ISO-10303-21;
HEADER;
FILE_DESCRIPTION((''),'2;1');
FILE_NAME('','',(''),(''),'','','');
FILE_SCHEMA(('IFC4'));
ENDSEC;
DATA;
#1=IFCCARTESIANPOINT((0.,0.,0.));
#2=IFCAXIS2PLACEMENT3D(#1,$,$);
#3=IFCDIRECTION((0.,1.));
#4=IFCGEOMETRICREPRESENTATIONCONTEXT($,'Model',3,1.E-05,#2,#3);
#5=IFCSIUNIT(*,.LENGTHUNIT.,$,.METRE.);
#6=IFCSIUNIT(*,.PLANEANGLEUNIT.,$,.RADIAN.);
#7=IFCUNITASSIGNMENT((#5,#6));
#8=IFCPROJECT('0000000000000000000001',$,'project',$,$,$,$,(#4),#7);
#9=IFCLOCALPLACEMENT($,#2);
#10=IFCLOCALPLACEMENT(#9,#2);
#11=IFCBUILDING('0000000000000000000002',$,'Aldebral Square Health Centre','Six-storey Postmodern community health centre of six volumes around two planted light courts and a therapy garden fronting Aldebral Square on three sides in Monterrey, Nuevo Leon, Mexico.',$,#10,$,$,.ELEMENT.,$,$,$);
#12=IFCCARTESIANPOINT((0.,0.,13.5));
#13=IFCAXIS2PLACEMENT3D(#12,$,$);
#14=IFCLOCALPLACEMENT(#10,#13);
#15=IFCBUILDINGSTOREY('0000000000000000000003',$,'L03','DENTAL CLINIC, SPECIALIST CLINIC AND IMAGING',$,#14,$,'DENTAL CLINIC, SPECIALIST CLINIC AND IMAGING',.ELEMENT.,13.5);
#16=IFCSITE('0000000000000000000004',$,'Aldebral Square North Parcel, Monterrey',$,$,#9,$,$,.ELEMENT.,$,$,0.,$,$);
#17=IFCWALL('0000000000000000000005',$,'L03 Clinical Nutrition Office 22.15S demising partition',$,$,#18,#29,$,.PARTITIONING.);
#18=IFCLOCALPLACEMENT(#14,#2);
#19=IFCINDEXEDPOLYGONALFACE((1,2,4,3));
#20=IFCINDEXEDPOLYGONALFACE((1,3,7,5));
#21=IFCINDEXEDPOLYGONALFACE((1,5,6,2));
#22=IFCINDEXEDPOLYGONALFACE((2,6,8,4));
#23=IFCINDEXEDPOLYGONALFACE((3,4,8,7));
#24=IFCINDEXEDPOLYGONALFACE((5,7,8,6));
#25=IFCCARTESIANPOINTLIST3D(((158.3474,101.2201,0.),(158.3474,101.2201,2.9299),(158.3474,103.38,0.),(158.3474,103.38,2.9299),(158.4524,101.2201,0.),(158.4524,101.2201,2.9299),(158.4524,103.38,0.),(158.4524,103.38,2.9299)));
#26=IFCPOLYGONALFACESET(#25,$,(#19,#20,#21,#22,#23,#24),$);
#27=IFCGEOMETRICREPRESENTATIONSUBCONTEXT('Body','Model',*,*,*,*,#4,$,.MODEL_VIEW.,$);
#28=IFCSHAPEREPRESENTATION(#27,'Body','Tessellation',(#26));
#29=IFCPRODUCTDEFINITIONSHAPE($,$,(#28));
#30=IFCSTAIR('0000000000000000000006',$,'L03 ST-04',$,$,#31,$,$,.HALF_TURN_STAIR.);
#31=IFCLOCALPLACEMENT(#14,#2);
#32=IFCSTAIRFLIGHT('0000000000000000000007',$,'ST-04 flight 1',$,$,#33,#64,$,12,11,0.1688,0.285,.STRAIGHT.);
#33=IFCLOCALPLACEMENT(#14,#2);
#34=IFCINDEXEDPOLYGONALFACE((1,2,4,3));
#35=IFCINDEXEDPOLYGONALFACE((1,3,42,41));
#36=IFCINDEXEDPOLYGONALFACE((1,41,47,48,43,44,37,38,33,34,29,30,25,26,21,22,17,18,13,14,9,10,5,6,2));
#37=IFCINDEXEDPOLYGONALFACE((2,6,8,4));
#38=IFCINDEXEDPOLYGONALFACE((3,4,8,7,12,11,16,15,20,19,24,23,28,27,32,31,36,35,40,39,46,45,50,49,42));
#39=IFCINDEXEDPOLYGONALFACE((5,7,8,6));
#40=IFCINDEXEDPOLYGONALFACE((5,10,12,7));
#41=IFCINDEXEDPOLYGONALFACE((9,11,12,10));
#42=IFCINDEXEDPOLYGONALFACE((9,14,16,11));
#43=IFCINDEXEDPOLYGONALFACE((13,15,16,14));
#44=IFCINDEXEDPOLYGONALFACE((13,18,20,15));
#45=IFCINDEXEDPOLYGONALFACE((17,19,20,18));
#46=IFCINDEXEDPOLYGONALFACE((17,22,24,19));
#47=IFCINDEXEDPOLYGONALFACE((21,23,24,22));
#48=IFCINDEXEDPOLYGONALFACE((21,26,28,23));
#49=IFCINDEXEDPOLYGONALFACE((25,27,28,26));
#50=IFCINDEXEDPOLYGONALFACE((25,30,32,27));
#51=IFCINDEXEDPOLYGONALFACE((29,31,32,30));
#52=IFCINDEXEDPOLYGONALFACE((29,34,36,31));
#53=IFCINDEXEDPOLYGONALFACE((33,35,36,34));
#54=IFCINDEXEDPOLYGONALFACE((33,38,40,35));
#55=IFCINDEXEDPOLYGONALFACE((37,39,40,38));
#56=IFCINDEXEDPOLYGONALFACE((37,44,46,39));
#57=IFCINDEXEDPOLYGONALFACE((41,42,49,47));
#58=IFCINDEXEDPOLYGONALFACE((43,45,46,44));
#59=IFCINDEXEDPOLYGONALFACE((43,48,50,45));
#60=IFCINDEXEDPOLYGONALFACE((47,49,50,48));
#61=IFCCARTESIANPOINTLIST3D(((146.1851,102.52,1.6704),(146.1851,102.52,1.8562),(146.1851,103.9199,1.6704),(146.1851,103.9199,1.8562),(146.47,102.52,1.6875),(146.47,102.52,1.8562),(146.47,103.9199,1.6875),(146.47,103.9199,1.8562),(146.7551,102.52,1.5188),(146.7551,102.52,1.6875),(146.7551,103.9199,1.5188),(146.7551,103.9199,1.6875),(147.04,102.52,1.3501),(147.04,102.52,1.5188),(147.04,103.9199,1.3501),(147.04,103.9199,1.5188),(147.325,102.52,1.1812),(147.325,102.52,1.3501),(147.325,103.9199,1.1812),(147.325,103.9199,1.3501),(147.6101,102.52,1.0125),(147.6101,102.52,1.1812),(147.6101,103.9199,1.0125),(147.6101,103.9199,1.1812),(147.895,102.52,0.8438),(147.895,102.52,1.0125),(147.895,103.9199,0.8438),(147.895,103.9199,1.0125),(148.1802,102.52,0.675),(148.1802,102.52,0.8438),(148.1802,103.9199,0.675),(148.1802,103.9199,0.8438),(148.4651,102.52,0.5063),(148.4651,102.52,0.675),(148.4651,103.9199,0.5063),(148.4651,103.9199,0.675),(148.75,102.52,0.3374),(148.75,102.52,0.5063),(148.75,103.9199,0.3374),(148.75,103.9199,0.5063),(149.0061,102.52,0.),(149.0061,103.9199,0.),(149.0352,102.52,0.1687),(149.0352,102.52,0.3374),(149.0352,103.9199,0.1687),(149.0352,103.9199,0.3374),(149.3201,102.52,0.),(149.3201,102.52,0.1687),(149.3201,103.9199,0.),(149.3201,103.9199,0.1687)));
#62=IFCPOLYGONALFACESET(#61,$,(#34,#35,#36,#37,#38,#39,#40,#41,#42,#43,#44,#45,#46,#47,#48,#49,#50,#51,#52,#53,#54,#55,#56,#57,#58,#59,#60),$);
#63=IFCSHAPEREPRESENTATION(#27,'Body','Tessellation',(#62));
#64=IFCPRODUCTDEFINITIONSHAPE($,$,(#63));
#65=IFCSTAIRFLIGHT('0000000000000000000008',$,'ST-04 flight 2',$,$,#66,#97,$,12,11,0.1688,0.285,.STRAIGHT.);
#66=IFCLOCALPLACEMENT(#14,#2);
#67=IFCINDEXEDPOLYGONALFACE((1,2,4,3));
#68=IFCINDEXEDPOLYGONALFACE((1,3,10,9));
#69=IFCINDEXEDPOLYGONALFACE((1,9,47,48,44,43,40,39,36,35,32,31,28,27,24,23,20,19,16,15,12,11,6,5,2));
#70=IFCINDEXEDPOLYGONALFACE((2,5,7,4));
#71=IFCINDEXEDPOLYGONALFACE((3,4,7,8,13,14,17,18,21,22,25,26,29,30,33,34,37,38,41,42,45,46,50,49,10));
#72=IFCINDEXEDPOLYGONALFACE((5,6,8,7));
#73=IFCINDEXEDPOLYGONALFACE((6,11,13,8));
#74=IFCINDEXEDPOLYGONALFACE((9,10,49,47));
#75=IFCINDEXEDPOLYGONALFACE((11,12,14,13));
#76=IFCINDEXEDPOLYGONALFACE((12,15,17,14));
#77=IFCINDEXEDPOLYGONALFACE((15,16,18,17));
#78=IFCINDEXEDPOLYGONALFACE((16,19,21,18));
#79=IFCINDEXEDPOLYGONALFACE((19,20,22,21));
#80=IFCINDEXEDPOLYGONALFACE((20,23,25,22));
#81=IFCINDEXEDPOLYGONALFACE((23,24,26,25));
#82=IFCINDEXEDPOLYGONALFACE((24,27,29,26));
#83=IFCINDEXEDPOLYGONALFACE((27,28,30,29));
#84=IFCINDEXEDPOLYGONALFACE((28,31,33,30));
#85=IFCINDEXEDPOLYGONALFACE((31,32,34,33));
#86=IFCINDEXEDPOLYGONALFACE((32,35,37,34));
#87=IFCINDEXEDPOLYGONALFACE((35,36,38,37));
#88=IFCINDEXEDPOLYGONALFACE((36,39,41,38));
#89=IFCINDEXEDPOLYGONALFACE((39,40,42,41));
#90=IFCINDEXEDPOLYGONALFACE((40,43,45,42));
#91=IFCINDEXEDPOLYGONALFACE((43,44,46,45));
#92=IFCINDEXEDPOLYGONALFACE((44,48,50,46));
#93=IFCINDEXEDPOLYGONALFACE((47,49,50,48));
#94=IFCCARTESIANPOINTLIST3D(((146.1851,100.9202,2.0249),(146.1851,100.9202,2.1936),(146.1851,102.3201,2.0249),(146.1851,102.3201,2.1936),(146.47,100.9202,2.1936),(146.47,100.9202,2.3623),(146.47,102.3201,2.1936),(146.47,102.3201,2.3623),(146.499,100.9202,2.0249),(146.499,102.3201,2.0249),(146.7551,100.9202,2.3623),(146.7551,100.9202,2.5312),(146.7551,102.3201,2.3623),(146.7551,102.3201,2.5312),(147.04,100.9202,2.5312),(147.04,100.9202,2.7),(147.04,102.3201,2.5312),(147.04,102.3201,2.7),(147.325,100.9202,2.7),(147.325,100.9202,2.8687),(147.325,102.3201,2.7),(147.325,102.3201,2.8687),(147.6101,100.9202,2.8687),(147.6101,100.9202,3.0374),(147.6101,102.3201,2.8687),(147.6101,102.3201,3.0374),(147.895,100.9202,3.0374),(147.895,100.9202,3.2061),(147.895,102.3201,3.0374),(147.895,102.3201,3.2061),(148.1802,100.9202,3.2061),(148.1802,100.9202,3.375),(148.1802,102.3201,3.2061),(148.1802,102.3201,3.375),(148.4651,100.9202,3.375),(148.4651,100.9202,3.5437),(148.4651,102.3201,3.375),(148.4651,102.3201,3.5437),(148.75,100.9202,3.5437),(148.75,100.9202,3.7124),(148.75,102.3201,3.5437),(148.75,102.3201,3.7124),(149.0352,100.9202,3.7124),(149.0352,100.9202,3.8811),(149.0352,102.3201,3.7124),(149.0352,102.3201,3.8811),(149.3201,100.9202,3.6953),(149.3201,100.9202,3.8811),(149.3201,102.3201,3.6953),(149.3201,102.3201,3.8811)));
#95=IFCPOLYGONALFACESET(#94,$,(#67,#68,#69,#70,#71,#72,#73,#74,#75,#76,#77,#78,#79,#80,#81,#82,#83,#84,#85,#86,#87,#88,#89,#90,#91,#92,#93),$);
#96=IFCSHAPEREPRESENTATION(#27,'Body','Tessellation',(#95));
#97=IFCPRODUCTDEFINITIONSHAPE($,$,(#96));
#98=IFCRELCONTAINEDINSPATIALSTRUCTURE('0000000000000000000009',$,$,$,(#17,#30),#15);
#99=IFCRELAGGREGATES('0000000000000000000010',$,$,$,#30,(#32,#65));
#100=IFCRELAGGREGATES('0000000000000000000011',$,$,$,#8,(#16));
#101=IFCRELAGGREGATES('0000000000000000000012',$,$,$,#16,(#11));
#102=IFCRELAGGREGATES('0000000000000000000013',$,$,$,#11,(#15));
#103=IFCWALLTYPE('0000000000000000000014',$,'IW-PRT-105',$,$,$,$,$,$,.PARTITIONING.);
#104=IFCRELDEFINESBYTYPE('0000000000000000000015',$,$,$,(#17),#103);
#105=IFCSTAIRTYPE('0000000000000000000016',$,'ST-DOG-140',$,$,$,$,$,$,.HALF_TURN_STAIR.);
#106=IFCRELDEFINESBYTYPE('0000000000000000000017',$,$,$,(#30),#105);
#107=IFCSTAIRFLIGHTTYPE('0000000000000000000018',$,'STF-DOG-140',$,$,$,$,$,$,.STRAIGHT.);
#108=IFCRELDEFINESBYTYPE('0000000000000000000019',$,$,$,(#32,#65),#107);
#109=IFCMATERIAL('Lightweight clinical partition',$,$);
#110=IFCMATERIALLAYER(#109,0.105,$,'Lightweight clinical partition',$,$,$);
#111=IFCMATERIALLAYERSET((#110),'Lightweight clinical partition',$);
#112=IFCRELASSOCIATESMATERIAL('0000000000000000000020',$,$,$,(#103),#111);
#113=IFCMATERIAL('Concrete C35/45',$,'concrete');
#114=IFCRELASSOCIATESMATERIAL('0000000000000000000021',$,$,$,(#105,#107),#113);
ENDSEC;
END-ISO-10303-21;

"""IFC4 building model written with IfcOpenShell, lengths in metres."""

from ifc_helpers import new_model, si_unit, direction, frame, frame_2d, origin, place, context, subcontext, project, spatial, polyline, rectangle, outline, extrude, material, layer, layer_set, type_object, element, aggregate, save


model = new_model("IFC4")

# Units and contexts
model_context = context("Model", 3, precision=1e-05, world=origin(), true_north=direction((0.0, 1.0)))
body_context = subcontext(model_context, "Body", "Model", "MODEL_VIEW")
ifc_project = project(units=[si_unit("LENGTHUNIT", "METRE"), si_unit("PLANEANGLEUNIT", "RADIAN")], contexts=[model_context])

# Site, building, storey
site_placement = place(None, origin())
site = spatial("IfcSite", under=ifc_project, at=site_placement, Name="Aldebral Square North Parcel, Monterrey", CompositionType="ELEMENT", RefElevation=0.0)
building_placement = place(site_placement, origin())
building = spatial("IfcBuilding", under=site, at=building_placement, Name="Aldebral Square Health Centre", Description="Six-storey Postmodern community health centre of six volumes around two planted light courts and a therapy garden fronting Aldebral Square on three sides in Monterrey, Nuevo Leon, Mexico.", CompositionType="ELEMENT")
storey_placement = place(building_placement, frame((0.0, 0.0, 13.5)))
storey = spatial("IfcBuildingStorey", under=building, at=storey_placement, Name="L03", Description="DENTAL CLINIC, SPECIALIST CLINIC AND IMAGING", LongName="DENTAL CLINIC, SPECIALIST CLINIC AND IMAGING", CompositionType="ELEMENT", Elevation=13.5)

# Wall
ifc_material_1 = material(Name="Lightweight clinical partition")
ifc_layer_1 = layer(ifc_material_1, 0.105, Name="Lightweight clinical partition")
ifc_layer_set_1 = layer_set([ifc_layer_1], Name="Lightweight clinical partition")
wall_type_1 = type_object("IfcWallType", Name="IW-PRT-105", PredefinedType="PARTITIONING", material=ifc_layer_set_1)
wall_1_placement = place(storey_placement, frame((158.3999, 101.22, 0.0), z_axis=(0.0, 0.0, 1.0), x_axis=(0.0, 1.0, 0.0)))
element("IfcWall", 1, at=wall_1_placement, inside=storey, type_object=wall_type_1, Name="L03 Clinical Nutrition Office 22.15S demising partition", PredefinedType="PARTITIONING", context=body_context, shape_type="SweptSolid", body=[
    extrude(rectangle(XDim=2.1599, YDim=0.105, at=frame_2d((1.0801, 0.0))), origin(), (0.0, 0.0, 1.0), 2.9299),
])

# Stair, stair flights
ifc_material_2 = material(Name="Concrete C35/45", Category="concrete")
stair_type = type_object("IfcStairType", Name="ST-DOG-140", PredefinedType="HALF_TURN_STAIR", material=ifc_material_2)
stair_placement = place(storey_placement, origin())
stair = element("IfcStair", 2, at=stair_placement, inside=storey, type_object=stair_type, Name="L03 ST-04", PredefinedType="HALF_TURN_STAIR")
stair_flight_type = type_object("IfcStairFlightType", Name="STF-DOG-140", PredefinedType="STRAIGHT", material=ifc_material_2)
stair_flight_1_placement = place(storey_placement, frame((149.3201, 103.22, 0.0), z_axis=(0.0, 0.0, 1.0), x_axis=(-1.0, 0.0, 0.0)))
stair_flight_1 = element("IfcStairFlight", 3, at=stair_flight_1_placement, type_object=stair_flight_type, Name="ST-04 flight 1", NumberOfRisers=12, NumberOfTreads=11, PredefinedType="STRAIGHT", RiserHeight=0.1688, TreadLength=0.285, context=body_context, shape_type="SweptSolid", body=[
    extrude(outline(polyline([(0.0, 0.0), (0.0, 0.1687), (0.2849, 0.1687), (0.2849, 0.3374), (0.5701, 0.3374), (0.5701, 0.5063), (0.855, 0.5063), (0.855, 0.675), (1.1399, 0.675), (1.1399, 0.8438), (1.425, 0.8438), (1.425, 1.0125), (1.71, 1.0125), (1.71, 1.1812), (1.9951, 1.1812), (1.9951, 1.3501), (2.28, 1.3501), (2.28, 1.5188), (2.5649, 1.5188), (2.5649, 1.6875), (2.8501, 1.6875), (2.8501, 1.8562), (3.135, 1.8562), (3.135, 2.0249), (3.135, 1.6704), (0.314, 0.0), (0.0, 0.0)])), frame((0.0, 0.7, 0.0), z_axis=(0.0, -1.0, 0.0), x_axis=(1.0, 0.0, 0.0)), (0.0, 0.0, 1.0), 1.3999),
])
stair_flight_2_placement = place(storey_placement, frame((146.1851, 101.6201, 2.0249), z_axis=(0.0, 0.0, 1.0), x_axis=(1.0, 0.0, 0.0)))
stair_flight_2 = element("IfcStairFlight", 4, at=stair_flight_2_placement, type_object=stair_flight_type, Name="ST-04 flight 2", NumberOfRisers=12, NumberOfTreads=11, PredefinedType="STRAIGHT", RiserHeight=0.1688, TreadLength=0.285, context=body_context, shape_type="SweptSolid", body=[
    extrude(outline(polyline([(0.0, 0.0), (0.0, 0.1687), (0.2849, 0.1687), (0.2849, 0.3374), (0.5701, 0.3374), (0.5701, 0.5063), (0.855, 0.5063), (0.855, 0.675), (1.1399, 0.675), (1.1399, 0.8438), (1.425, 0.8438), (1.425, 1.0125), (1.71, 1.0125), (1.71, 1.1812), (1.9951, 1.1812), (1.9951, 1.3501), (2.28, 1.3501), (2.28, 1.5188), (2.5649, 1.5188), (2.5649, 1.6875), (2.8501, 1.6875), (2.8501, 1.8562), (3.135, 1.8562), (3.135, 2.0249), (3.135, 1.6704), (0.314, 0.0), (0.0, 0.0)])), frame((0.0, 0.7, 0.0), z_axis=(0.0, -1.0, 0.0), x_axis=(1.0, 0.0, 0.0)), (0.0, 0.0, 1.0), 1.3999),
])
aggregate(stair, [stair_flight_1, stair_flight_2])

save(model, "model.ifc")
